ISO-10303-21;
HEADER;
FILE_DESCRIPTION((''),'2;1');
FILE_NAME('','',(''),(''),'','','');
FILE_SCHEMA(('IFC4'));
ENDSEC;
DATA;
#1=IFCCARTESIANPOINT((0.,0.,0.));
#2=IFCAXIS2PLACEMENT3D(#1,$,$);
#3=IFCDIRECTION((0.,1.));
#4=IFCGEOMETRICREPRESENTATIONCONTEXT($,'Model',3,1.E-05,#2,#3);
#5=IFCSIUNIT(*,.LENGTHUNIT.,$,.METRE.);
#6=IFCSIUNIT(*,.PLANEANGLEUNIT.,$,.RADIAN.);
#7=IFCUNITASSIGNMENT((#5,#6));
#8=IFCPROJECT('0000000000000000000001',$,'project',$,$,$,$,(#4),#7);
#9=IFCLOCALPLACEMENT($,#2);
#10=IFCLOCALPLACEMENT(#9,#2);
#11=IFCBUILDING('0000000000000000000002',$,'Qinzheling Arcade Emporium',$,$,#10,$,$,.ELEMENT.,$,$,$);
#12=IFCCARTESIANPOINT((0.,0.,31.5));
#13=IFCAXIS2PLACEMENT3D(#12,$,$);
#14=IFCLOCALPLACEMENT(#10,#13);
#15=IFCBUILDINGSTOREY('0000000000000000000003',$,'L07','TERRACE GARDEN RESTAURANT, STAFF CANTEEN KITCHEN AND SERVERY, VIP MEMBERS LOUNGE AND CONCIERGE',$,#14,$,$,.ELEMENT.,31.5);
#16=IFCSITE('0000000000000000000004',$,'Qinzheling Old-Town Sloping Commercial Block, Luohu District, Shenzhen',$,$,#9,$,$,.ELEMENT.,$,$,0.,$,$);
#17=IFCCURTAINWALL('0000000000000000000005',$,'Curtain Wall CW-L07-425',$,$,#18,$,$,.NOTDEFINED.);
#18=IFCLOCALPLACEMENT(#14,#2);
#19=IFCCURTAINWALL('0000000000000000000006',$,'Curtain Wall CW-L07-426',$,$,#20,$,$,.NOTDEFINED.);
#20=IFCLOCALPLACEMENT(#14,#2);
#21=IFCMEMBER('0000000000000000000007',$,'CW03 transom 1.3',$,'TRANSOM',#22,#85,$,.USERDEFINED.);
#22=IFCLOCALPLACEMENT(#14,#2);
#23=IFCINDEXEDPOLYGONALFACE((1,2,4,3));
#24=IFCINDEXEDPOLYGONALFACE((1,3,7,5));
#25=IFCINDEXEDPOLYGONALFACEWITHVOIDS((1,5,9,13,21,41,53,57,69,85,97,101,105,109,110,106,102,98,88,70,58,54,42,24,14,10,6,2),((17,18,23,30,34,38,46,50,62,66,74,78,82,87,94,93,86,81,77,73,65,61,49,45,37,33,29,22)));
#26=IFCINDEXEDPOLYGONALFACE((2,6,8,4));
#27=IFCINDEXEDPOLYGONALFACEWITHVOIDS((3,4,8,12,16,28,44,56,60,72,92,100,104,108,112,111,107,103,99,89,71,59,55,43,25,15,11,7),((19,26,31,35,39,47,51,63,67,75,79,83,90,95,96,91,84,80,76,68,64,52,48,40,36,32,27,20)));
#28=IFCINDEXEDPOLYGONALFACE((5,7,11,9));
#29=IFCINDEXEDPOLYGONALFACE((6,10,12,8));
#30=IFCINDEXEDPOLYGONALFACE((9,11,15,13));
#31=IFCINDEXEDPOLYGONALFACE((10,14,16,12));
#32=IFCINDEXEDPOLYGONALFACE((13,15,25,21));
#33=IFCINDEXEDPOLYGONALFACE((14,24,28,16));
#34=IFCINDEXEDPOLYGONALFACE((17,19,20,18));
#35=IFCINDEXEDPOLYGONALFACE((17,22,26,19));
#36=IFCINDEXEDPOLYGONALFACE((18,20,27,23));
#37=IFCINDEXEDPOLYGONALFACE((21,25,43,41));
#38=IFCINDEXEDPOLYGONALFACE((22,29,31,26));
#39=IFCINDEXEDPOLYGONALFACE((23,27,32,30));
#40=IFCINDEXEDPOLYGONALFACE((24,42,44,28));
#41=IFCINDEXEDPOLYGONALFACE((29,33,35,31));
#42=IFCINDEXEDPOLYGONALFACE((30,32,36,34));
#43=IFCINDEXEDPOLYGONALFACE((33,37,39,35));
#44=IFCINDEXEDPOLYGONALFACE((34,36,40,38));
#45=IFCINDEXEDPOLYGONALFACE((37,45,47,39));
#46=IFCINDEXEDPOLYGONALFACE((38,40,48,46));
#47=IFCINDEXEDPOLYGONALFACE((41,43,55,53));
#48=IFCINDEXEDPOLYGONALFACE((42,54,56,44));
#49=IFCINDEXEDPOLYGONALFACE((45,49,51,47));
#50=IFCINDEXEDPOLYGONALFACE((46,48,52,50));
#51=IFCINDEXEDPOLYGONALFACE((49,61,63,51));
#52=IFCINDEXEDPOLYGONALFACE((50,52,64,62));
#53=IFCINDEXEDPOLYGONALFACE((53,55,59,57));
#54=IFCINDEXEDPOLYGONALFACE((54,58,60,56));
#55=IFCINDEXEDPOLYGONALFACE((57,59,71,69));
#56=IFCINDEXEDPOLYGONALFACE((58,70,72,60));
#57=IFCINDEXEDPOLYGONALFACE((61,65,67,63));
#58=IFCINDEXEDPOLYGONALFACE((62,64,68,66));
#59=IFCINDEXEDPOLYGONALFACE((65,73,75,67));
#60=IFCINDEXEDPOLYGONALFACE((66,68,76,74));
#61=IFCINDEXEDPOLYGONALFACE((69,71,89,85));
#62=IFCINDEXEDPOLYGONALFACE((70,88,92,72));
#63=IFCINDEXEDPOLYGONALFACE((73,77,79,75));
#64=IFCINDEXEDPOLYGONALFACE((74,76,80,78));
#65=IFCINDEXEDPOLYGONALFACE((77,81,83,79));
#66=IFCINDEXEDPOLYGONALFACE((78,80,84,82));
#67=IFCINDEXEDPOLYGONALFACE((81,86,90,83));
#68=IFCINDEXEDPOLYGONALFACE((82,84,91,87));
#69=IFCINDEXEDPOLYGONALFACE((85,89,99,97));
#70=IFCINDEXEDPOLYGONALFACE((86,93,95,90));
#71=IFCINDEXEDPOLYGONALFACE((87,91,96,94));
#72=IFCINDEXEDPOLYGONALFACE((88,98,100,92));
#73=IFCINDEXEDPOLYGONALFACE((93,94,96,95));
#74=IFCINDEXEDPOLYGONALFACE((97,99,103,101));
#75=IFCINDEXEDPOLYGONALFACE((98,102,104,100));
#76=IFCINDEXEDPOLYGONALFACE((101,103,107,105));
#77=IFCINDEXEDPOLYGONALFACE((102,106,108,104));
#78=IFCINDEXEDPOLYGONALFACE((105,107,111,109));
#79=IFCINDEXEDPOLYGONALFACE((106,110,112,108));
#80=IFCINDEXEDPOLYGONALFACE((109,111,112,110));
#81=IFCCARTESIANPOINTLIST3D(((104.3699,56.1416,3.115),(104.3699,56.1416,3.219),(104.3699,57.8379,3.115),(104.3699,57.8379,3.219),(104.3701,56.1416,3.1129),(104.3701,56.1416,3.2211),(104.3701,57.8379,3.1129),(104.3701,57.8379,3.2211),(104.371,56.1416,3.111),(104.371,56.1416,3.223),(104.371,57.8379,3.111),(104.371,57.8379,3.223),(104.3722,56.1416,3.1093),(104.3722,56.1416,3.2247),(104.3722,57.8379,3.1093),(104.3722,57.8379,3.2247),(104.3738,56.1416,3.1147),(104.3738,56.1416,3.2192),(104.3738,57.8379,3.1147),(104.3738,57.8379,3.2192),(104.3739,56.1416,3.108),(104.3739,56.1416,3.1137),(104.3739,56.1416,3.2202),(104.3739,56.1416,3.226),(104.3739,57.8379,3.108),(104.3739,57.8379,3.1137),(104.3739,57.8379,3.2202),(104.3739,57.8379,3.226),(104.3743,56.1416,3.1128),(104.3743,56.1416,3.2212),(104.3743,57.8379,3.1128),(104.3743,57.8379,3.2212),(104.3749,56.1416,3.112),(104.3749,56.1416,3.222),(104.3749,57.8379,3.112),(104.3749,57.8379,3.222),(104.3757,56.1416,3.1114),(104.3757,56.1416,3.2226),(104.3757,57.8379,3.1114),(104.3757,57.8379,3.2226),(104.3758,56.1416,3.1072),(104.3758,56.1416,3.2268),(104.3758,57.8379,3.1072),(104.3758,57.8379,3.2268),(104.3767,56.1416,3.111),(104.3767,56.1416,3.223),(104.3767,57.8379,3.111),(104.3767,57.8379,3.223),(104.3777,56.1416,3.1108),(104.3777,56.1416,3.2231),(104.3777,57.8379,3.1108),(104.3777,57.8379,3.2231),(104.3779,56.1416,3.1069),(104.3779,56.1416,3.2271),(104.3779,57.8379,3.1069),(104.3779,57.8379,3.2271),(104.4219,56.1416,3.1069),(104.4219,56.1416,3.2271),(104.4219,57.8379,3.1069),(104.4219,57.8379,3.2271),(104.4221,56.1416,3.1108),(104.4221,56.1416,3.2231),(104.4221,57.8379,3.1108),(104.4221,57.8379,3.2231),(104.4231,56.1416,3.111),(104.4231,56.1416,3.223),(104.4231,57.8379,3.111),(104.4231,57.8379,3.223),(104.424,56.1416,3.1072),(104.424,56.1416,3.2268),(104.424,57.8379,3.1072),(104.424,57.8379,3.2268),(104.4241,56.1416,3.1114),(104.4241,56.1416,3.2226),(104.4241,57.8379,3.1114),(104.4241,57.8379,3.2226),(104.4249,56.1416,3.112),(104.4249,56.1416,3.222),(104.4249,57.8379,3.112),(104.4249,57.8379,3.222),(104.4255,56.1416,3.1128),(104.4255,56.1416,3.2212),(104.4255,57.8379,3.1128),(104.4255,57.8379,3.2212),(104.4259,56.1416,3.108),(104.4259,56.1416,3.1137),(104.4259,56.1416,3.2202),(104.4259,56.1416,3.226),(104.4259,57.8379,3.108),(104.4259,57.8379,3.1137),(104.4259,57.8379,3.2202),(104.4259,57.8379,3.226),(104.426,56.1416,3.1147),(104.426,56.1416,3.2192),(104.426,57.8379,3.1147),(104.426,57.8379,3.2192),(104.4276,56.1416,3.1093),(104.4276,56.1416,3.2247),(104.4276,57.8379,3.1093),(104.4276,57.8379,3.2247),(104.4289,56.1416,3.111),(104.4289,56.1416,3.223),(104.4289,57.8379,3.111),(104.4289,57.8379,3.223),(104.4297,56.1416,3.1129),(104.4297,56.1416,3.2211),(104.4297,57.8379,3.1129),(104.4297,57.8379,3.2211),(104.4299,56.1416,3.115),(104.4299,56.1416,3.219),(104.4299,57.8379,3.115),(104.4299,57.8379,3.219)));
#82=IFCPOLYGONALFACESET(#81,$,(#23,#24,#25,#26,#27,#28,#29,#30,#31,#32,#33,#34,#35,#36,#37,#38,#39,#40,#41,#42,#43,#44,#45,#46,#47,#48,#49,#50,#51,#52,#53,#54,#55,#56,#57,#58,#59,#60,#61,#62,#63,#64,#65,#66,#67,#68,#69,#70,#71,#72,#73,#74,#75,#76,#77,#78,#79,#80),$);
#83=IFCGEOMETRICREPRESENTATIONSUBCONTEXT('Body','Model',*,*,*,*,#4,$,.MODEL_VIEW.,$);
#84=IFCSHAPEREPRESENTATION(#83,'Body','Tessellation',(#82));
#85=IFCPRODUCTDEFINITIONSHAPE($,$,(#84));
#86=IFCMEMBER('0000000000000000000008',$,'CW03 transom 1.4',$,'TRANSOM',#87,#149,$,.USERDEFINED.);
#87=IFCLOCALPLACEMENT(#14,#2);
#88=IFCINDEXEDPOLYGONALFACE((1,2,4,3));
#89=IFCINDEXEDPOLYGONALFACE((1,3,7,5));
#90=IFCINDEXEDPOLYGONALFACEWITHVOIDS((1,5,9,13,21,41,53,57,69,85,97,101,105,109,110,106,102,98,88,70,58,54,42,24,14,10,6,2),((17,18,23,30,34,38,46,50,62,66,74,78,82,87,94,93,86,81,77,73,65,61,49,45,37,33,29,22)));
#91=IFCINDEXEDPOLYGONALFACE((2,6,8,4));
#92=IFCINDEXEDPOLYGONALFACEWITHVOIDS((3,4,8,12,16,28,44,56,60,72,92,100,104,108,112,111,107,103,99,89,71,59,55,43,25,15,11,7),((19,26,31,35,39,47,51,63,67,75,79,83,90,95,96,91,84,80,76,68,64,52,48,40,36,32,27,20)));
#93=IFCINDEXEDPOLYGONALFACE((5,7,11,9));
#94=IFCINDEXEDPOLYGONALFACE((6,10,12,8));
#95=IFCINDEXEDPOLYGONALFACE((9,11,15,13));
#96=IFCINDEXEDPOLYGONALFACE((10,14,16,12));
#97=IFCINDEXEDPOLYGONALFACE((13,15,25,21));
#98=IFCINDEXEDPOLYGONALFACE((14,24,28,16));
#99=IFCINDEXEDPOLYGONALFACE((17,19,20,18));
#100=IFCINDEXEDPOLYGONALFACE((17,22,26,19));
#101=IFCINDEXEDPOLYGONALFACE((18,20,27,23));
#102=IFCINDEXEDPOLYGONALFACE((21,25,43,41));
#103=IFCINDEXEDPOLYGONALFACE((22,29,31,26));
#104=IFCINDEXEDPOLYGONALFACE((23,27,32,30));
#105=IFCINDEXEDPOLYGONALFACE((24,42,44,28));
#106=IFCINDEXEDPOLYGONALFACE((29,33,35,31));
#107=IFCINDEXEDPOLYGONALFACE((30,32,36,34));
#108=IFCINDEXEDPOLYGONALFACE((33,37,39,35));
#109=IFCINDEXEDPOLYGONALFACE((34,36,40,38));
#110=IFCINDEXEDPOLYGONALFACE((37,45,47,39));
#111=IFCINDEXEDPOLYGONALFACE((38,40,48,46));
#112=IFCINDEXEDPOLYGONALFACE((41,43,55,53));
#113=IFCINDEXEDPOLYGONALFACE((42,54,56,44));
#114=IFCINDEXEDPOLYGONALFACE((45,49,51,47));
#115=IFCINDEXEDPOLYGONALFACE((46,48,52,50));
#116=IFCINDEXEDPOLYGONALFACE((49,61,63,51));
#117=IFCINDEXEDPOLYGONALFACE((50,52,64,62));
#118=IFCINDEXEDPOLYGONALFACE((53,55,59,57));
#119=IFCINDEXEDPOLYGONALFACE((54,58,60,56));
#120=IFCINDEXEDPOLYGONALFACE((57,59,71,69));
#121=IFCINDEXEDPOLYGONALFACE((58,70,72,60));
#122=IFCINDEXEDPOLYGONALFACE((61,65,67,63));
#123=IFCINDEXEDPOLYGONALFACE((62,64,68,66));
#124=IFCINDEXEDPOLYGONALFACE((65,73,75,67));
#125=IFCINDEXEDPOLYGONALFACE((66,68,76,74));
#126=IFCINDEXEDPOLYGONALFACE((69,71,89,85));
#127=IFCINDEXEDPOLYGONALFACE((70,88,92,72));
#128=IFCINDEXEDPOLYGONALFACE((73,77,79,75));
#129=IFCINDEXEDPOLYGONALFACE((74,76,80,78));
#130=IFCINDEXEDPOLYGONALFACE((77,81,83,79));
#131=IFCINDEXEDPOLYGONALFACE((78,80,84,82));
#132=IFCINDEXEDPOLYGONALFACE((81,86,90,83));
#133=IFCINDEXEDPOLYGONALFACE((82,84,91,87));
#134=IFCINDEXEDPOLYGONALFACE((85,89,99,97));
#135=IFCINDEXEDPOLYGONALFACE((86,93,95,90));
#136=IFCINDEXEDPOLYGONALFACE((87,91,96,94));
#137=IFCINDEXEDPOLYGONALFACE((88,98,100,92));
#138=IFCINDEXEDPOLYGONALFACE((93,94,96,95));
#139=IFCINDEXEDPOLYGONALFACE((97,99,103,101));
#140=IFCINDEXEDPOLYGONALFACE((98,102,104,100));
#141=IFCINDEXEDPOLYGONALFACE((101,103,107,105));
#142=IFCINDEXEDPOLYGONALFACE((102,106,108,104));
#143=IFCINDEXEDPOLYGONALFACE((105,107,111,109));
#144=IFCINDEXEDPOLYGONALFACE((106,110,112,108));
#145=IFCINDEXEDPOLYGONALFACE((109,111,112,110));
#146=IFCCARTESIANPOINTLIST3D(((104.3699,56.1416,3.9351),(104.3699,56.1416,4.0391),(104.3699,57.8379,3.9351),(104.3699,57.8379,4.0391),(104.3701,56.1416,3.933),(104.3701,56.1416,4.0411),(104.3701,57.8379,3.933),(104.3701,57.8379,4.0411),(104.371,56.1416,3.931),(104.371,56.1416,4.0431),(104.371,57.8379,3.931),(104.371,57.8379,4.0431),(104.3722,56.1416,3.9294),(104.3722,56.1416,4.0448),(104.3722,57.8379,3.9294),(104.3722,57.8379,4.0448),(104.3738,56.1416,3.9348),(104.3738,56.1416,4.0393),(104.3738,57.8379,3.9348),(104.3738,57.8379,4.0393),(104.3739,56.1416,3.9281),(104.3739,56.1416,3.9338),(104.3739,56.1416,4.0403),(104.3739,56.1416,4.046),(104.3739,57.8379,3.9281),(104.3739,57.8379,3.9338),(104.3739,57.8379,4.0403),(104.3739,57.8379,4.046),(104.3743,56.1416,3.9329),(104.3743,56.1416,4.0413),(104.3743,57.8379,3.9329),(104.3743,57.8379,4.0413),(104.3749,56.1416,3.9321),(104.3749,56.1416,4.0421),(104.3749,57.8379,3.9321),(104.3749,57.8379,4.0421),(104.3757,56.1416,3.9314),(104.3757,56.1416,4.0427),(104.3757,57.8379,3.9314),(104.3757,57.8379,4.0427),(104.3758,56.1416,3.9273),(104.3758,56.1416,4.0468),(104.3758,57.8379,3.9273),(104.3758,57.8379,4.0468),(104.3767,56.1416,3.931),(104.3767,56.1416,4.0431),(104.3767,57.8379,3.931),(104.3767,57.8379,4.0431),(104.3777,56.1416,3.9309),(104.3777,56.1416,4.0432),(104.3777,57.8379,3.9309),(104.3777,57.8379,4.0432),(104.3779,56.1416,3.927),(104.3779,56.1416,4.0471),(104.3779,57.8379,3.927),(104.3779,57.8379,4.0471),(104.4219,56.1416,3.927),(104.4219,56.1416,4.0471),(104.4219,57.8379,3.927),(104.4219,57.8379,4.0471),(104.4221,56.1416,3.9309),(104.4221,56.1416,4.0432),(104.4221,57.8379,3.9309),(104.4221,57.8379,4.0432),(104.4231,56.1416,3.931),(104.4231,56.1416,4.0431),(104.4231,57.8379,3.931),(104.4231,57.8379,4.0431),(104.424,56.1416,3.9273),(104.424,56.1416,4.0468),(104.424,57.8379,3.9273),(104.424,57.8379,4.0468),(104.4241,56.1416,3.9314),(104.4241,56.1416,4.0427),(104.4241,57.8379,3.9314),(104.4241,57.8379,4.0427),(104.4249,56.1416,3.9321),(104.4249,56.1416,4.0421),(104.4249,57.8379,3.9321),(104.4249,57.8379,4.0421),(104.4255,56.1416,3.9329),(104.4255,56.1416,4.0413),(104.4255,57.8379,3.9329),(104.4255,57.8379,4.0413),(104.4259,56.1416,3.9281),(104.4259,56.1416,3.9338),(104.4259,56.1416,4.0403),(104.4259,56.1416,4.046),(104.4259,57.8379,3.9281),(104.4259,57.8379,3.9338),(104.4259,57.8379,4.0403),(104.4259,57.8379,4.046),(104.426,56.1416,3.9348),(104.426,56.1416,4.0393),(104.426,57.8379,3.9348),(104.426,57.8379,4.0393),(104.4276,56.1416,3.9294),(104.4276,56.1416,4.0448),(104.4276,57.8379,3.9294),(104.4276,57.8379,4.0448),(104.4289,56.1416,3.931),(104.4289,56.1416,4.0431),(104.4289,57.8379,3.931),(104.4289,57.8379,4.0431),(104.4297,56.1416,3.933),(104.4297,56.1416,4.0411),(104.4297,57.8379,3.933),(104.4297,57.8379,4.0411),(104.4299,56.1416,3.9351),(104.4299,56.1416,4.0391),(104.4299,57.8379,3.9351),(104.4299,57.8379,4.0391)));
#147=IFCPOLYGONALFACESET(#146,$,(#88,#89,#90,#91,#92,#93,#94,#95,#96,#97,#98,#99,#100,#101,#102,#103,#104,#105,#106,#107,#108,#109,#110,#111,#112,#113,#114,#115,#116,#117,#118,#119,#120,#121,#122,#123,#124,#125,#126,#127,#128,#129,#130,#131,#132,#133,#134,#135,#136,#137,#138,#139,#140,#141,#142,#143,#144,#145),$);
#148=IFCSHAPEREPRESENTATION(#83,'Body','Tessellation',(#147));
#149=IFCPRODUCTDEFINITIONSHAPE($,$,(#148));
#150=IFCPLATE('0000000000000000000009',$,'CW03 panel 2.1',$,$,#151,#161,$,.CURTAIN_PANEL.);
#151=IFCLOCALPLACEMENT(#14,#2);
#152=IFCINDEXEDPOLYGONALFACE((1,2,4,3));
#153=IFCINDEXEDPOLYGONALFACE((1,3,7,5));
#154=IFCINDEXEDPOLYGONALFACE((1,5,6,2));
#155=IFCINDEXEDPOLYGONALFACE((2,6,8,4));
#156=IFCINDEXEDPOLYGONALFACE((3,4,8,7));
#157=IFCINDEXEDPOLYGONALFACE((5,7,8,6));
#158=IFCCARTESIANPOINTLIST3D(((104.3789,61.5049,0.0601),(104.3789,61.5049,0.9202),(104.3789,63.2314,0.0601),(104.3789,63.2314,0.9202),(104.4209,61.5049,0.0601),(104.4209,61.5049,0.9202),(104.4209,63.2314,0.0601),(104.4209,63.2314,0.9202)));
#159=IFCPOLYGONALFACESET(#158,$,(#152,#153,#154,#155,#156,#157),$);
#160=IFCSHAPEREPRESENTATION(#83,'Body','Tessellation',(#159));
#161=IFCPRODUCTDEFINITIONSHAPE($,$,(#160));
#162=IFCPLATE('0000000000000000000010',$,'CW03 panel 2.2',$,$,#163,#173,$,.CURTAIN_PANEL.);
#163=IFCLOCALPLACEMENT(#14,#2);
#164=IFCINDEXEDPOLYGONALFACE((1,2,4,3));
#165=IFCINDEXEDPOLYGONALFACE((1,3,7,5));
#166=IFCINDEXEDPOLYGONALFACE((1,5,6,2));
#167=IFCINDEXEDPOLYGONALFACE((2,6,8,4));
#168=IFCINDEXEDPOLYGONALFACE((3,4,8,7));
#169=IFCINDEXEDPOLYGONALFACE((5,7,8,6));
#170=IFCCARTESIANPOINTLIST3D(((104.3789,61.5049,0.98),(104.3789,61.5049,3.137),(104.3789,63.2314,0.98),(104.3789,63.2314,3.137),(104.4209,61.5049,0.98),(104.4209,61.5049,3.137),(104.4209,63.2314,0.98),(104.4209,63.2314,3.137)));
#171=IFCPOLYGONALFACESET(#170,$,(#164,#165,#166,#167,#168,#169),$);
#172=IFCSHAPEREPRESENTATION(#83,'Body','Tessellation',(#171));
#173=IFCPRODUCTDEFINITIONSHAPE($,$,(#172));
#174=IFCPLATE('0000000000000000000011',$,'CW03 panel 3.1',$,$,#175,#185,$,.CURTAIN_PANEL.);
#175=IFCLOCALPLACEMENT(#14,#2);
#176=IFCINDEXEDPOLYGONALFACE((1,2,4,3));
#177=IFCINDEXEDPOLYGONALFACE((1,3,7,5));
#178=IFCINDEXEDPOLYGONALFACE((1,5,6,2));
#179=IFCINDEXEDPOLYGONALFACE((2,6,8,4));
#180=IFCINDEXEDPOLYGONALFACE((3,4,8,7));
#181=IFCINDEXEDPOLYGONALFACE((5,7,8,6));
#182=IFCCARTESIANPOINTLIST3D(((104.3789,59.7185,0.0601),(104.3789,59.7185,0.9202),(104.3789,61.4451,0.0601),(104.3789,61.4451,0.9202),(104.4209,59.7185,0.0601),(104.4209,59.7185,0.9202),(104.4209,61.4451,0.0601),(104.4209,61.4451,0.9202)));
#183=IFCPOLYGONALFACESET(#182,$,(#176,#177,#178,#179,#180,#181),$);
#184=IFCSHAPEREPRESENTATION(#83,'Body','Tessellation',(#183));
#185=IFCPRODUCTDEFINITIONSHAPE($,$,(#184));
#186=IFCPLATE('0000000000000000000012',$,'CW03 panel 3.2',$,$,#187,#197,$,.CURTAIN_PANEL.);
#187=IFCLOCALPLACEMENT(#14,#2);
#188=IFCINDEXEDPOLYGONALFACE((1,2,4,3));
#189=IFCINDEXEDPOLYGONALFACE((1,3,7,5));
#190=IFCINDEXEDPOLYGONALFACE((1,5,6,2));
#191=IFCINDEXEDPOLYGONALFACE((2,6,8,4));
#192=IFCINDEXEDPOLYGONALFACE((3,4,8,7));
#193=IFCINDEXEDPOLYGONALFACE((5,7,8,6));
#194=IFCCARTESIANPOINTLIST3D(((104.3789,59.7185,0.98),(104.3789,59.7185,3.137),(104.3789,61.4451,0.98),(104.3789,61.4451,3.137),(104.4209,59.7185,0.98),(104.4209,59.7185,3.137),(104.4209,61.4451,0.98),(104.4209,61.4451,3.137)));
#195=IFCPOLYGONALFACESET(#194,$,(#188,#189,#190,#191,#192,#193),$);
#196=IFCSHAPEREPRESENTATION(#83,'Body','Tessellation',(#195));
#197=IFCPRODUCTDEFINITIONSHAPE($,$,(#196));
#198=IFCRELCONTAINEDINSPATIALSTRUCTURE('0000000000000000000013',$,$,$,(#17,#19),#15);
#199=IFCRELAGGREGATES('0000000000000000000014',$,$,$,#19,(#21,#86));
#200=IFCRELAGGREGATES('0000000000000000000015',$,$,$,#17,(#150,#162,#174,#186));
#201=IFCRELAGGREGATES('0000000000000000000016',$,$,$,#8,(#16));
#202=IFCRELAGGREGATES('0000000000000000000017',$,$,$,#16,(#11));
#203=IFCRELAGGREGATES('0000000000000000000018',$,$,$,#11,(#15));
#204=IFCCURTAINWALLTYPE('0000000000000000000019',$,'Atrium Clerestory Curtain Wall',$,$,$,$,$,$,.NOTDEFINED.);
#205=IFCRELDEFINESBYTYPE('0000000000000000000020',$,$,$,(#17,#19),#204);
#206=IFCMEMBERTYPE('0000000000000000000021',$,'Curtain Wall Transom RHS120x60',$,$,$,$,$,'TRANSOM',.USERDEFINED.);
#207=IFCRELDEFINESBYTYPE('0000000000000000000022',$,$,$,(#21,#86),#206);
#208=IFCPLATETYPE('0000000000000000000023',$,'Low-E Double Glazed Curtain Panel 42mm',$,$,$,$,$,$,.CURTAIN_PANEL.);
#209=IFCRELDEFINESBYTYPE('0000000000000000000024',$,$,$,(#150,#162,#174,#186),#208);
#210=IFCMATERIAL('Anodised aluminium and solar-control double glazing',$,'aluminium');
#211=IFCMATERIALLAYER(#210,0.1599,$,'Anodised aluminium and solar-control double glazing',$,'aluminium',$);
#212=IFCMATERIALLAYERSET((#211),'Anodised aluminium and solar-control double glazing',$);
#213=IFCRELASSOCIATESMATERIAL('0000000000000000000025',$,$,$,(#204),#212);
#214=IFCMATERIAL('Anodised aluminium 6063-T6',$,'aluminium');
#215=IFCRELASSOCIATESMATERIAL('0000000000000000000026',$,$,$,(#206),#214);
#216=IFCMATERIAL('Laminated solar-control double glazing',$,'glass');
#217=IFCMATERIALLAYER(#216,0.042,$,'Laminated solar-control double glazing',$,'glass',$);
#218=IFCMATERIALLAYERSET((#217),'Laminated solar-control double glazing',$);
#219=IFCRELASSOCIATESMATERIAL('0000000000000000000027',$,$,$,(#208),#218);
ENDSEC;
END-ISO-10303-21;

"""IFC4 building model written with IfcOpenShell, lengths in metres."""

from ifc_helpers import new_model, si_unit, direction, frame, origin, origin_2d, place, context, subcontext, project, spatial, rectangle, hollow_rectangle, extrude, material, layer, layer_set, material_profile, profile_set, type_object, element, aggregate, save


model = new_model("IFC4")

# Units and contexts
model_context = context("Model", 3, precision=1e-05, world=origin(), true_north=direction((0.0, 1.0)))
body_context = subcontext(model_context, "Body", "Model", "MODEL_VIEW")
ifc_project = project(units=[si_unit("LENGTHUNIT", "METRE"), si_unit("PLANEANGLEUNIT", "RADIAN")], contexts=[model_context])

# Site, building, storey
site_placement = place(None, origin())
site = spatial("IfcSite", under=ifc_project, at=site_placement, Name="Qinzheling Old-Town Sloping Commercial Block, Luohu District, Shenzhen", CompositionType="ELEMENT", RefElevation=0.0)
building_placement = place(site_placement, origin())
building = spatial("IfcBuilding", under=site, at=building_placement, Name="Qinzheling Arcade Emporium", CompositionType="ELEMENT")
storey_placement = place(building_placement, frame((0.0, 0.0, 31.5)))
storey = spatial("IfcBuildingStorey", under=building, at=storey_placement, Name="L07", Description="TERRACE GARDEN RESTAURANT, STAFF CANTEEN KITCHEN AND SERVERY, VIP MEMBERS LOUNGE AND CONCIERGE", CompositionType="ELEMENT", Elevation=31.5)

# Curtain wall
ifc_material_1 = material(Name="Anodised aluminium and solar-control double glazing", Category="aluminium")
ifc_layer_1 = layer(ifc_material_1, 0.1599, Name="Anodised aluminium and solar-control double glazing", Category="aluminium")
ifc_layer_set_1 = layer_set([ifc_layer_1], Name="Anodised aluminium and solar-control double glazing")
curtain_wall_type = type_object("IfcCurtainWallType", Name="Atrium Clerestory Curtain Wall", PredefinedType="NOTDEFINED", material=ifc_layer_set_1)
curtain_wall_1_placement = place(storey_placement, origin())
curtain_wall_1 = element("IfcCurtainWall", 1, at=curtain_wall_1_placement, inside=storey, type_object=curtain_wall_type, Name="Curtain Wall CW-L07-425", PredefinedType="NOTDEFINED")
ifc_material_2 = material(Name="Anodised aluminium 6063-T6", Category="aluminium")

# Curtain wall
curtain_wall_2_placement = place(storey_placement, origin())
curtain_wall_2 = element("IfcCurtainWall", 2, at=curtain_wall_2_placement, inside=storey, type_object=curtain_wall_type, Name="Curtain Wall CW-L07-426", PredefinedType="NOTDEFINED")

# Members
ifc_material_profile_1 = material_profile(ifc_material_2, hollow_rectangle(XDim=0.0601, YDim=0.1201, WallThickness=0.0039, InnerFilletRadius=0.0039, OuterFilletRadius=0.0081, at=origin_2d()), Name="RHS 120x60x4", Category="aluminium")
ifc_profile_set_1 = profile_set([ifc_material_profile_1], Name="Anodised aluminium 6063-T6")
member_type_1 = type_object("IfcMemberType", Name="Curtain Wall Transom RHS120x60", ElementType="TRANSOM", PredefinedType="USERDEFINED", material=ifc_profile_set_1)
member_1_placement = place(storey_placement, frame((104.3999, 57.8379, 3.167), z_axis=(0.0, -1.0, 0.0), x_axis=(1.0, 0.0, 0.0)))
member_1 = element("IfcMember", 3, at=member_1_placement, type_object=member_type_1, Name="CW03 transom 1.3", ObjectType="TRANSOM", PredefinedType="USERDEFINED", context=body_context, shape_type="SweptSolid", body=[
    extrude(hollow_rectangle(XDim=0.0601, YDim=0.1201, WallThickness=0.0039, InnerFilletRadius=0.0039, OuterFilletRadius=0.0081, at=origin_2d()), origin(), (0.0, 0.0, 1.0), 1.6963),
])
member_2_placement = place(storey_placement, frame((104.3999, 57.8379, 3.9871), z_axis=(0.0, -1.0, 0.0), x_axis=(1.0, 0.0, 0.0)))
member_2 = element("IfcMember", 4, at=member_2_placement, type_object=member_type_1, Name="CW03 transom 1.4", ObjectType="TRANSOM", PredefinedType="USERDEFINED", context=body_context, shape_type="SweptSolid", body=[
    extrude(hollow_rectangle(XDim=0.0601, YDim=0.1201, WallThickness=0.0039, InnerFilletRadius=0.0039, OuterFilletRadius=0.0081, at=origin_2d()), origin(), (0.0, 0.0, 1.0), 1.6963),
])
aggregate(curtain_wall_2, [member_1, member_2])

# Plates
ifc_material_3 = material(Name="Laminated solar-control double glazing", Category="glass")
ifc_layer_2 = layer(ifc_material_3, 0.042, Name="Laminated solar-control double glazing", Category="glass")
ifc_layer_set_2 = layer_set([ifc_layer_2], Name="Laminated solar-control double glazing")
plate_type = type_object("IfcPlateType", Name="Low-E Double Glazed Curtain Panel 42mm", PredefinedType="CURTAIN_PANEL", material=ifc_layer_set_2)
plate_1_placement = place(storey_placement, frame((104.3999, 62.3682, 0.0601), z_axis=(0.0, 0.0, 1.0), x_axis=(0.0, -1.0, 0.0)))
plate_1 = element("IfcPlate", 5, at=plate_1_placement, type_object=plate_type, Name="CW03 panel 2.1", PredefinedType="CURTAIN_PANEL", context=body_context, shape_type="SweptSolid", body=[
    extrude(rectangle(XDim=1.7266, YDim=0.042, at=origin_2d()), origin(), (0.0, 0.0, 1.0), 0.8601),
])
plate_2_placement = place(storey_placement, frame((104.3999, 62.3682, 0.98), z_axis=(0.0, 0.0, 1.0), x_axis=(0.0, -1.0, 0.0)))
plate_2 = element("IfcPlate", 6, at=plate_2_placement, type_object=plate_type, Name="CW03 panel 2.2", PredefinedType="CURTAIN_PANEL", context=body_context, shape_type="SweptSolid", body=[
    extrude(rectangle(XDim=1.7266, YDim=0.042, at=origin_2d()), origin(), (0.0, 0.0, 1.0), 2.157),
])
plate_3_placement = place(storey_placement, frame((104.3999, 60.5818, 0.0601), z_axis=(0.0, 0.0, 1.0), x_axis=(0.0, -1.0, 0.0)))
plate_3 = element("IfcPlate", 7, at=plate_3_placement, type_object=plate_type, Name="CW03 panel 3.1", PredefinedType="CURTAIN_PANEL", context=body_context, shape_type="SweptSolid", body=[
    extrude(rectangle(XDim=1.7266, YDim=0.042, at=origin_2d()), origin(), (0.0, 0.0, 1.0), 0.8601),
])
plate_4_placement = place(storey_placement, frame((104.3999, 60.5818, 0.98), z_axis=(0.0, 0.0, 1.0), x_axis=(0.0, -1.0, 0.0)))
plate_4 = element("IfcPlate", 8, at=plate_4_placement, type_object=plate_type, Name="CW03 panel 3.2", PredefinedType="CURTAIN_PANEL", context=body_context, shape_type="SweptSolid", body=[
    extrude(rectangle(XDim=1.7266, YDim=0.042, at=origin_2d()), origin(), (0.0, 0.0, 1.0), 2.157),
])
aggregate(curtain_wall_1, [plate_1, plate_2, plate_3, plate_4])

save(model, "model.ifc")
